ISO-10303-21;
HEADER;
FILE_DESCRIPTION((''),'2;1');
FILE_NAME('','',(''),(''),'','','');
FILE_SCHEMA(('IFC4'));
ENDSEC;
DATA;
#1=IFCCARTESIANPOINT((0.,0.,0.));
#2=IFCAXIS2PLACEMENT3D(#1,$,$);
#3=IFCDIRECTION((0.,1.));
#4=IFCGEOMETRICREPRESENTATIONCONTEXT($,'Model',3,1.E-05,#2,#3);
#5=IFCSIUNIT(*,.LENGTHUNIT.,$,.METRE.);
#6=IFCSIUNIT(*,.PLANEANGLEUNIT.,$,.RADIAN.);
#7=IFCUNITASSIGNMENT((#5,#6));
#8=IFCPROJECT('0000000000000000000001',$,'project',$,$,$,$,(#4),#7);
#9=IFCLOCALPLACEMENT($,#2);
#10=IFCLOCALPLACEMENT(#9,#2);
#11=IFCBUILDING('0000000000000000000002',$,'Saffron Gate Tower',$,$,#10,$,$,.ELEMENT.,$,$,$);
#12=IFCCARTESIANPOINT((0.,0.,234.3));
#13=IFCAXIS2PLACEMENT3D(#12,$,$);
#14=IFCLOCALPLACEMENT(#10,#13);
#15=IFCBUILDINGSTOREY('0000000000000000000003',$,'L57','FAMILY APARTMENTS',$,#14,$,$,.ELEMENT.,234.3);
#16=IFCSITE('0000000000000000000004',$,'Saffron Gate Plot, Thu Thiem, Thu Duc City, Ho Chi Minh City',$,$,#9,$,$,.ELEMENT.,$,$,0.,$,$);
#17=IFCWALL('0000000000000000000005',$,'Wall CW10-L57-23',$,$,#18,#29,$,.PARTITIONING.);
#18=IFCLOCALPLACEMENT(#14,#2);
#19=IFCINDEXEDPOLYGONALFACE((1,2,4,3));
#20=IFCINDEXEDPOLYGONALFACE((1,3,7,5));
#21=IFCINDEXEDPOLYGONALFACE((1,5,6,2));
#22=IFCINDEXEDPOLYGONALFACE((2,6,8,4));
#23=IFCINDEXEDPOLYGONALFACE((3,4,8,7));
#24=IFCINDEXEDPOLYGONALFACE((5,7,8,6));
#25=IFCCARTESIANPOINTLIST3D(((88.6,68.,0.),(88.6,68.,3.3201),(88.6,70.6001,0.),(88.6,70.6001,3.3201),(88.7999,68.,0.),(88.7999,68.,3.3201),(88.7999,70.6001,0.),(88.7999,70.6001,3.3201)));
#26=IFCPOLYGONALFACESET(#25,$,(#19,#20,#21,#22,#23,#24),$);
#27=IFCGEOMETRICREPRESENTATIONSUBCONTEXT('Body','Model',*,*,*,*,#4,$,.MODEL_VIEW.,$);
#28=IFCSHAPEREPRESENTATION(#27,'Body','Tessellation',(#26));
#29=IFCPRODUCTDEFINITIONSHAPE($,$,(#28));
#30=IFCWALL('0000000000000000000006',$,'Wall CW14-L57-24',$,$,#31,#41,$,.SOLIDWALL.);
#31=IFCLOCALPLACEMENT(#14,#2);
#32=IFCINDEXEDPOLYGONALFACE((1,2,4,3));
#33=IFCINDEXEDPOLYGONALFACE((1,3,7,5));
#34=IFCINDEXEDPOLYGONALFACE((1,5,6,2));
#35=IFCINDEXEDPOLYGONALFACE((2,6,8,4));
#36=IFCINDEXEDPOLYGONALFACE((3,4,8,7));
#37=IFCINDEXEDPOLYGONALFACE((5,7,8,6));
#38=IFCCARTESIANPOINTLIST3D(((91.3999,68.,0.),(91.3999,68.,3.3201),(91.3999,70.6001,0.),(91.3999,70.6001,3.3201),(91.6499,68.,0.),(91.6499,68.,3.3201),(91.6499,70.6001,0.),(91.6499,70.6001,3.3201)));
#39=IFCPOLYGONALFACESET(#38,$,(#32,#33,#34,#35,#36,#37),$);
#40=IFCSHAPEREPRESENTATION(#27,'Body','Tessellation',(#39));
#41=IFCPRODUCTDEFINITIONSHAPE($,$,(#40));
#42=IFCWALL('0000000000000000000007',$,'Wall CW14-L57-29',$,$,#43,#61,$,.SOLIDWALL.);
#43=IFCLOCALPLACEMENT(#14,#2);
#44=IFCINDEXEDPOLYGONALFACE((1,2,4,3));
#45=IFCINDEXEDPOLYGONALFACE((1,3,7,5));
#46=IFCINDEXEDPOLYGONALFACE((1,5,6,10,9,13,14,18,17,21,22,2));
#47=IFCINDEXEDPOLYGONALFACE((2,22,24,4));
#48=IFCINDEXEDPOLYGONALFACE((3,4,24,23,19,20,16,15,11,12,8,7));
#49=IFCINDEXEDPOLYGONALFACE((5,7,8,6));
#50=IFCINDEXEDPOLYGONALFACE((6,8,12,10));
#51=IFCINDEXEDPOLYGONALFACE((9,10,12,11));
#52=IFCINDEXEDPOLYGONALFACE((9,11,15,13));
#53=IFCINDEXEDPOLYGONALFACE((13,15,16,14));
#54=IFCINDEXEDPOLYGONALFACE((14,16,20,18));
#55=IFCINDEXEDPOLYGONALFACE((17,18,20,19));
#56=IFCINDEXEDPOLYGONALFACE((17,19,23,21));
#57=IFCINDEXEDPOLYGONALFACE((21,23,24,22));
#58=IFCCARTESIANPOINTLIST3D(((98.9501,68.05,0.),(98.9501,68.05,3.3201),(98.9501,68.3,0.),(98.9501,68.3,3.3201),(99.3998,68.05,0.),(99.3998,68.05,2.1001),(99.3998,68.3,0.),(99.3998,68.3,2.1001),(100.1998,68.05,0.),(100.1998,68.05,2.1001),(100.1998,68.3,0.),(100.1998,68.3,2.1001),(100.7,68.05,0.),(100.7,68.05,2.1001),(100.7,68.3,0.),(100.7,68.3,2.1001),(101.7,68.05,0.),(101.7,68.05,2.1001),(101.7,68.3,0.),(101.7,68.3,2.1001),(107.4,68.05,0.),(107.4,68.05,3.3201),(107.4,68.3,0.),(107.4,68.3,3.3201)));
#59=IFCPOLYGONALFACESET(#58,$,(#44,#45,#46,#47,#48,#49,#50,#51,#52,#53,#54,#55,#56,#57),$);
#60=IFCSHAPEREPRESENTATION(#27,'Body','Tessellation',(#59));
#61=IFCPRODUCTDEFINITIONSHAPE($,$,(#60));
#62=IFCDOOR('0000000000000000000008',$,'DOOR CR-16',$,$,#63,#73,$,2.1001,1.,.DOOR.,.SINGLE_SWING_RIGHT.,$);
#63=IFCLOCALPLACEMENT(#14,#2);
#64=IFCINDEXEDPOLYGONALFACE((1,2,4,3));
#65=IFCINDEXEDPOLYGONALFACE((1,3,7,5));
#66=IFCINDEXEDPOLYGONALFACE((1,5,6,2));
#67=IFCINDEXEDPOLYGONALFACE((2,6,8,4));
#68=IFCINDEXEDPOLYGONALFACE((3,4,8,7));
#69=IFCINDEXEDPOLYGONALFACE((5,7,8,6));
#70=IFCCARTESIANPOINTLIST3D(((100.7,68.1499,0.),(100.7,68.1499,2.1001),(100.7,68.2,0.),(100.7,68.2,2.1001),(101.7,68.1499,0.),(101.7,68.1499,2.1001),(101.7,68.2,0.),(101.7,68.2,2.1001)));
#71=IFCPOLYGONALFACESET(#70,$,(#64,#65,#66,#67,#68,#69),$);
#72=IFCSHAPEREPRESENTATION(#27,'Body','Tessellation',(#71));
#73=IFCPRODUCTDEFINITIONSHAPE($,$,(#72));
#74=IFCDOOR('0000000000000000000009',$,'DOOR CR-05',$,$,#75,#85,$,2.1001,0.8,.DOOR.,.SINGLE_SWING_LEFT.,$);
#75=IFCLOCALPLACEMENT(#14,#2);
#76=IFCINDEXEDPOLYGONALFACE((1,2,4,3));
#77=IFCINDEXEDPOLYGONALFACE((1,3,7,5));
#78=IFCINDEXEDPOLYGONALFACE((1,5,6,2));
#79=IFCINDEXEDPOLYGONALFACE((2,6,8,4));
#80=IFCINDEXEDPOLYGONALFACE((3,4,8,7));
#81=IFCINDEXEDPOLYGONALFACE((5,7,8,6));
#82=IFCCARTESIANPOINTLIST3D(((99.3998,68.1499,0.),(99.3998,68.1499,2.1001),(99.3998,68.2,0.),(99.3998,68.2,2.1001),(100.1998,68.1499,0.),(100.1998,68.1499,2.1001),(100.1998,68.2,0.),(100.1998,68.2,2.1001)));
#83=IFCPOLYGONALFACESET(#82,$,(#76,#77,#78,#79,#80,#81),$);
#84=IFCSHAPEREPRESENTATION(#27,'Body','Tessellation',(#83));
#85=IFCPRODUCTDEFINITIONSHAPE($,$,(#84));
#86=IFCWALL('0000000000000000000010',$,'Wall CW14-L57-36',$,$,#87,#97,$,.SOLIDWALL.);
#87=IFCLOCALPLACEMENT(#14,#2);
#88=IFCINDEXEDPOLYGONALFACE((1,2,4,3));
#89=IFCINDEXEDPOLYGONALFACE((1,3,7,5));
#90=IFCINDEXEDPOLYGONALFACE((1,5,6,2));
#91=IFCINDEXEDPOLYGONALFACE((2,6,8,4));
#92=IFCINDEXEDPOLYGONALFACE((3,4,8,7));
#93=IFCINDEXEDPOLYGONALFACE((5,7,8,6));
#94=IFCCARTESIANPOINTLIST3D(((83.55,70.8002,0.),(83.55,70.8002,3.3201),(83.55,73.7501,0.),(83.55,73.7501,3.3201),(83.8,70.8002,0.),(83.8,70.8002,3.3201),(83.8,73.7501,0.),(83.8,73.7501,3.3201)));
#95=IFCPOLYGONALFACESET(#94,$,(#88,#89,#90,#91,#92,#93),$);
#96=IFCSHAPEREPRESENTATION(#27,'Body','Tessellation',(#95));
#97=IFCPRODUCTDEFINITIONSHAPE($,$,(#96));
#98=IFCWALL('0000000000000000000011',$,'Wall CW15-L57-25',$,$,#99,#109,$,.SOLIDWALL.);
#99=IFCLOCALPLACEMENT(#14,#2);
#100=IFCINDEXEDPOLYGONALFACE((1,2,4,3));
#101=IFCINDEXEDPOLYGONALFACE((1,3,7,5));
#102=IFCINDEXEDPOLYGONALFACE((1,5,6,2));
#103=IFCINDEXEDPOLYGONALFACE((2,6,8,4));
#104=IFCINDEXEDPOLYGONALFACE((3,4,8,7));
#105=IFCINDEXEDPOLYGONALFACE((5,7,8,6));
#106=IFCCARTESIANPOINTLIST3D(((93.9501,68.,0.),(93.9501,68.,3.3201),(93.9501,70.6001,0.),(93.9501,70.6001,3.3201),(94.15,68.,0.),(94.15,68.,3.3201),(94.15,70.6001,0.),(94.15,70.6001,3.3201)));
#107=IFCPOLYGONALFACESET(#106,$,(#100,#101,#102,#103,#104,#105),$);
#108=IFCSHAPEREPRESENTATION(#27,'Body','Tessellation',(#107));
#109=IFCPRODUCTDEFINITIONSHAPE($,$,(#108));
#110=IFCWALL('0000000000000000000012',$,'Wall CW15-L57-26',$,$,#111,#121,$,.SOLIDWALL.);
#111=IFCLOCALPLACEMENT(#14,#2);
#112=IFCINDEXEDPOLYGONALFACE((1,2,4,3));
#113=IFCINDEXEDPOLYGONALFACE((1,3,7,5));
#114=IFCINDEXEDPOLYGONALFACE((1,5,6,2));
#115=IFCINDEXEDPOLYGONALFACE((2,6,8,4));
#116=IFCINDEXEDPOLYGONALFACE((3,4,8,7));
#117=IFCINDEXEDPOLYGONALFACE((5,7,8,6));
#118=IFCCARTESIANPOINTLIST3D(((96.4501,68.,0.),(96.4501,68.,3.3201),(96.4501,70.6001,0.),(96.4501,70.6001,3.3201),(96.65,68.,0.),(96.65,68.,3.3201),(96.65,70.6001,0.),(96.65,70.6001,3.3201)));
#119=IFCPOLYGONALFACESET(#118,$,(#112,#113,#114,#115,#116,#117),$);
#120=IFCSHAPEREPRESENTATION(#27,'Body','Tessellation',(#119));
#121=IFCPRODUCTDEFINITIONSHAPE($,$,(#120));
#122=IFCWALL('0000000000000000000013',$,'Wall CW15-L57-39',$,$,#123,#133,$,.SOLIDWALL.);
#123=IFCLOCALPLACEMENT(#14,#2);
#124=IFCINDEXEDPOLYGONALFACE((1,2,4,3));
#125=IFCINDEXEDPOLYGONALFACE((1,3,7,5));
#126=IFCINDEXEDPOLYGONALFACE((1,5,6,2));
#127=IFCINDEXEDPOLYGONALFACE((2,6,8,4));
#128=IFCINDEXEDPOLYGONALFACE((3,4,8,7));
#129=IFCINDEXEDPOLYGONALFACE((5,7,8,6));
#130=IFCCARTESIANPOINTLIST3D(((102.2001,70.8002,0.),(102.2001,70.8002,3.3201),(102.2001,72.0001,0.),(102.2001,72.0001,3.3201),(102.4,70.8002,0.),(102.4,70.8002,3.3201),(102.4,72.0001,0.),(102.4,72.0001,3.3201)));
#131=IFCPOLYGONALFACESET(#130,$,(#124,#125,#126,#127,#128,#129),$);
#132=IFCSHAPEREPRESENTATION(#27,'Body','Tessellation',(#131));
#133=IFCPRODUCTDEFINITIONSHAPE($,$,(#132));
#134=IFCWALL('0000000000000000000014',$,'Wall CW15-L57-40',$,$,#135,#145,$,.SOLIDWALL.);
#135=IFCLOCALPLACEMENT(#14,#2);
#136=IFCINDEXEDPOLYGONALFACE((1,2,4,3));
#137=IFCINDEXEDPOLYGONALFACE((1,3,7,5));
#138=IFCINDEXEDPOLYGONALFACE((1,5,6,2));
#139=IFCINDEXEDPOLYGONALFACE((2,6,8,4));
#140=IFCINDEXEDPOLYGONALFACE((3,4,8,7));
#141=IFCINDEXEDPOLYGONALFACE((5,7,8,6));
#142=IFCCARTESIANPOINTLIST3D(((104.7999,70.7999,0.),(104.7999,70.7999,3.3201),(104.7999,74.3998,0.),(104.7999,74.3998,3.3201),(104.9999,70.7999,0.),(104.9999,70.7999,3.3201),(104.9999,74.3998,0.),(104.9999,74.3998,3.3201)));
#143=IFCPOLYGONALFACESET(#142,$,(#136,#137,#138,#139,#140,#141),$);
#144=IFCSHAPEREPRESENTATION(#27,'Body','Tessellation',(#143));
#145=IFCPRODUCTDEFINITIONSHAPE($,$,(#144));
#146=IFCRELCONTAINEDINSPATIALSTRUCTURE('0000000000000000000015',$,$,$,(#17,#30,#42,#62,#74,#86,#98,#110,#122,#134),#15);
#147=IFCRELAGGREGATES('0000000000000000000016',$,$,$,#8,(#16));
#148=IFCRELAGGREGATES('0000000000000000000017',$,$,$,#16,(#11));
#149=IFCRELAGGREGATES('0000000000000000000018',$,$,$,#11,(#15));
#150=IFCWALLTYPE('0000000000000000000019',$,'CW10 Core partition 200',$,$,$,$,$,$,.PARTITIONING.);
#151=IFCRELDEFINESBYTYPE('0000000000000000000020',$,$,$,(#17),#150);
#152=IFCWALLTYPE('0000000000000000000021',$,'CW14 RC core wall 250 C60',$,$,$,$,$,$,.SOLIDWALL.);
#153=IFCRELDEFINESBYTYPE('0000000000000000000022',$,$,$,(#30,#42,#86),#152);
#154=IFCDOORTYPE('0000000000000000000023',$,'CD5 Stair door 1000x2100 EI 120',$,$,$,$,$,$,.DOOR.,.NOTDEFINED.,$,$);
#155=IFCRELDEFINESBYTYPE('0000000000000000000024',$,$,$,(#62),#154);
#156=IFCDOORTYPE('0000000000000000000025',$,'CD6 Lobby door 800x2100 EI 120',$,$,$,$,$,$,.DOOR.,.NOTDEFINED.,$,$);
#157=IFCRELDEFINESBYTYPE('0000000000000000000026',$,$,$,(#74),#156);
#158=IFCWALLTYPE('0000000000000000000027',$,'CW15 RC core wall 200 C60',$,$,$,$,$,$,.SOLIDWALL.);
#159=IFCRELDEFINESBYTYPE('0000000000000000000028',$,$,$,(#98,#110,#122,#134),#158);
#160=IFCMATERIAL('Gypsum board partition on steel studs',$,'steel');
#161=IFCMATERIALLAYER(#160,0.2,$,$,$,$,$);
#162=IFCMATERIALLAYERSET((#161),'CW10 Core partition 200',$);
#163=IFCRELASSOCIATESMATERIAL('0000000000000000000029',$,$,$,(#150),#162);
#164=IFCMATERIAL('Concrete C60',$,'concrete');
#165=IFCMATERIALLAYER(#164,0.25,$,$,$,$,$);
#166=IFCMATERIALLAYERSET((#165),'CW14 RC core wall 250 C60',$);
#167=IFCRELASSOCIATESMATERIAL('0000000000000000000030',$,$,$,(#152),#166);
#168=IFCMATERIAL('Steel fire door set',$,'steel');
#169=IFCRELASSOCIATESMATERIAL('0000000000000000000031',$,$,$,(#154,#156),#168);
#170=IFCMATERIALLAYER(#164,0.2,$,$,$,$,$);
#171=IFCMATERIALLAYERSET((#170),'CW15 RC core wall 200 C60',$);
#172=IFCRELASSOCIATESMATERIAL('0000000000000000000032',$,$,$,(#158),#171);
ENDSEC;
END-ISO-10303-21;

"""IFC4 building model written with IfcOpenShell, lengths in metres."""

from ifc_helpers import new_model, si_unit, direction, frame, frame_2d, origin, place, context, subcontext, project, spatial, rectangle, extrude, material, layer, layer_set, type_object, element, fill, save


model = new_model("IFC4")

# Units and contexts
model_context = context("Model", 3, precision=1e-05, world=origin(), true_north=direction((0.0, 1.0)))
body_context = subcontext(model_context, "Body", "Model", "MODEL_VIEW")
ifc_project = project(units=[si_unit("LENGTHUNIT", "METRE"), si_unit("PLANEANGLEUNIT", "RADIAN")], contexts=[model_context])

# Site, building, storey
site_placement = place(None, origin())
site = spatial("IfcSite", under=ifc_project, at=site_placement, Name="Saffron Gate Plot, Thu Thiem, Thu Duc City, Ho Chi Minh City", CompositionType="ELEMENT", RefElevation=0.0)
building_placement = place(site_placement, origin())
building = spatial("IfcBuilding", under=site, at=building_placement, Name="Saffron Gate Tower", CompositionType="ELEMENT")
storey_placement = place(building_placement, frame((0.0, 0.0, 234.3)))
storey = spatial("IfcBuildingStorey", under=building, at=storey_placement, Name="L57", Description="FAMILY APARTMENTS", CompositionType="ELEMENT", Elevation=234.3)

# Walls
ifc_material_1 = material(Name="Gypsum board partition on steel studs", Category="steel")
ifc_layer_1 = layer(ifc_material_1, 0.2)
ifc_layer_set_1 = layer_set([ifc_layer_1], Name="CW10 Core partition 200")
wall_type_1 = type_object("IfcWallType", Name="CW10 Core partition 200", PredefinedType="PARTITIONING", material=ifc_layer_set_1)
wall_1_placement = place(storey_placement, frame((88.7, 68.0, 0.0), z_axis=(0.0, 0.0, 1.0), x_axis=(0.0, 1.0, 0.0)))
element("IfcWall", 1, at=wall_1_placement, inside=storey, type_object=wall_type_1, Name="Wall CW10-L57-23", PredefinedType="PARTITIONING", context=body_context, shape_type="SweptSolid", body=[
    extrude(rectangle(XDim=2.6001, YDim=0.2, at=frame_2d((1.3, 0.0))), origin(), (0.0, 0.0, 1.0), 3.3201),
])
ifc_material_2 = material(Name="Concrete C60", Category="concrete")
ifc_layer_2 = layer(ifc_material_2, 0.25)
ifc_layer_set_2 = layer_set([ifc_layer_2], Name="CW14 RC core wall 250 C60")
wall_type_2 = type_object("IfcWallType", Name="CW14 RC core wall 250 C60", PredefinedType="SOLIDWALL", material=ifc_layer_set_2)
wall_2_placement = place(storey_placement, frame((91.5249, 68.0, 0.0), z_axis=(0.0, 0.0, 1.0), x_axis=(0.0, 1.0, 0.0)))
element("IfcWall", 2, at=wall_2_placement, inside=storey, type_object=wall_type_2, Name="Wall CW14-L57-24", PredefinedType="SOLIDWALL", context=body_context, shape_type="SweptSolid", body=[
    extrude(rectangle(XDim=2.6001, YDim=0.25, at=frame_2d((1.3, 0.0))), origin(), (0.0, 0.0, 1.0), 3.3201),
])

# Wall, openings, doors
wall_3_placement = place(storey_placement, frame((98.95, 68.175, 0.0), z_axis=(0.0, 0.0, 1.0), x_axis=(1.0, 0.0, 0.0)))
wall_3 = element("IfcWall", 3, at=wall_3_placement, inside=storey, type_object=wall_type_2, Name="Wall CW14-L57-29", PredefinedType="SOLIDWALL", context=body_context, shape_type="SweptSolid", body=[
    extrude(rectangle(XDim=8.45, YDim=0.25, at=frame_2d((4.2251, 0.0))), origin(), (0.0, 0.0, 1.0), 3.3201),
])
opening_1_placement = place(wall_3_placement, frame((0.45, 0.0, 0.0)))
opening_1 = element("IfcOpeningElement", 4, at=opening_1_placement, cuts=wall_3, PredefinedType="OPENING", context=body_context, shape_type="SweptSolid", body=[
    extrude(rectangle(XDim=0.8, YDim=2.1001, at=frame_2d((0.3999, 1.05))), frame((0.0, 0.135, 0.0), z_axis=(0.0, -1.0, 0.0), x_axis=(1.0, 0.0, 0.0)), (0.0, 0.0, 1.0), 0.27),
])
opening_2_placement = place(wall_3_placement, frame((1.75, 0.0, 0.0)))
opening_2 = element("IfcOpeningElement", 5, at=opening_2_placement, cuts=wall_3, PredefinedType="OPENING", context=body_context, shape_type="SweptSolid", body=[
    extrude(rectangle(XDim=1.0, YDim=2.1001, at=frame_2d((0.5, 1.05))), frame((0.0, 0.135, 0.0), z_axis=(0.0, -1.0, 0.0), x_axis=(1.0, 0.0, 0.0)), (0.0, 0.0, 1.0), 0.27),
])
ifc_material_3 = material(Name="Steel fire door set", Category="steel")
door_type_1 = type_object("IfcDoorType", Name="CD5 Stair door 1000x2100 EI 120", OperationType="NOTDEFINED", PredefinedType="DOOR", material=ifc_material_3)
door_1_placement = place(opening_2_placement, origin())
door_1 = element("IfcDoor", 6, at=door_1_placement, inside=storey, type_object=door_type_1, Name="DOOR CR-16", OperationType="SINGLE_SWING_RIGHT", OverallHeight=2.1001, OverallWidth=1.0, PredefinedType="DOOR", context=body_context, shape_type="SweptSolid", body=[
    extrude(rectangle(XDim=1.0, YDim=2.1001, at=frame_2d((0.5, 1.05))), frame((0.0, 0.0249, 0.0), z_axis=(0.0, -1.0, 0.0), x_axis=(1.0, 0.0, 0.0)), (0.0, 0.0, 1.0), 0.05),
])
fill(opening_2, door_1)
door_type_2 = type_object("IfcDoorType", Name="CD6 Lobby door 800x2100 EI 120", OperationType="NOTDEFINED", PredefinedType="DOOR", material=ifc_material_3)
door_2_placement = place(opening_1_placement, origin())
door_2 = element("IfcDoor", 7, at=door_2_placement, inside=storey, type_object=door_type_2, Name="DOOR CR-05", OperationType="SINGLE_SWING_LEFT", OverallHeight=2.1001, OverallWidth=0.8, PredefinedType="DOOR", context=body_context, shape_type="SweptSolid", body=[
    extrude(rectangle(XDim=0.8, YDim=2.1001, at=frame_2d((0.3999, 1.05))), frame((0.0, 0.0249, 0.0), z_axis=(0.0, -1.0, 0.0), x_axis=(1.0, 0.0, 0.0)), (0.0, 0.0, 1.0), 0.05),
])
fill(opening_1, door_2)

# Walls
wall_4_placement = place(storey_placement, frame((83.675, 70.8, 0.0), z_axis=(0.0, 0.0, 1.0), x_axis=(0.0, 1.0, 0.0)))
element("IfcWall", 8, at=wall_4_placement, inside=storey, type_object=wall_type_2, Name="Wall CW14-L57-36", PredefinedType="SOLIDWALL", context=body_context, shape_type="SweptSolid", body=[
    extrude(rectangle(XDim=2.95, YDim=0.25, at=frame_2d((1.4751, 0.0))), origin(), (0.0, 0.0, 1.0), 3.3201),
])
ifc_layer_3 = layer(ifc_material_2, 0.2)
ifc_layer_set_3 = layer_set([ifc_layer_3], Name="CW15 RC core wall 200 C60")
wall_type_3 = type_object("IfcWallType", Name="CW15 RC core wall 200 C60", PredefinedType="SOLIDWALL", material=ifc_layer_set_3)
for number, where, z_axis, x_axis, name in (
    (9, (94.05, 68.0, 0.0), (0.0, 0.0, 1.0), (0.0, 1.0, 0.0), "Wall CW15-L57-25"),
    (10, (96.55, 68.0, 0.0), (0.0, 0.0, 1.0), (0.0, 1.0, 0.0), "Wall CW15-L57-26"),
):
    element("IfcWall", number, at=place(storey_placement, frame(where, z_axis=z_axis, x_axis=x_axis)), inside=storey, type_object=wall_type_3, Name=name, PredefinedType="SOLIDWALL", context=body_context, shape_type="SweptSolid", body=[
        extrude(rectangle(XDim=2.6001, YDim=0.2, at=frame_2d((1.3, 0.0))), origin(), (0.0, 0.0, 1.0), 3.3201),
    ])
wall_5_placement = place(storey_placement, frame((102.3, 70.8, 0.0), z_axis=(0.0, 0.0, 1.0), x_axis=(0.0, 1.0, 0.0)))
element("IfcWall", 11, at=wall_5_placement, inside=storey, type_object=wall_type_3, Name="Wall CW15-L57-39", PredefinedType="SOLIDWALL", context=body_context, shape_type="SweptSolid", body=[
    extrude(rectangle(XDim=1.2, YDim=0.2, at=frame_2d((0.6001, 0.0))), origin(), (0.0, 0.0, 1.0), 3.3201),
])
wall_6_placement = place(storey_placement, frame((104.8999, 70.8, 0.0), z_axis=(0.0, 0.0, 1.0), x_axis=(0.0, 1.0, 0.0)))
element("IfcWall", 12, at=wall_6_placement, inside=storey, type_object=wall_type_3, Name="Wall CW15-L57-40", PredefinedType="SOLIDWALL", context=body_context, shape_type="SweptSolid", body=[
    extrude(rectangle(XDim=3.5999, YDim=0.2, at=frame_2d((1.7998, 0.0))), origin(), (0.0, 0.0, 1.0), 3.3201),
])

save(model, "model.ifc")
